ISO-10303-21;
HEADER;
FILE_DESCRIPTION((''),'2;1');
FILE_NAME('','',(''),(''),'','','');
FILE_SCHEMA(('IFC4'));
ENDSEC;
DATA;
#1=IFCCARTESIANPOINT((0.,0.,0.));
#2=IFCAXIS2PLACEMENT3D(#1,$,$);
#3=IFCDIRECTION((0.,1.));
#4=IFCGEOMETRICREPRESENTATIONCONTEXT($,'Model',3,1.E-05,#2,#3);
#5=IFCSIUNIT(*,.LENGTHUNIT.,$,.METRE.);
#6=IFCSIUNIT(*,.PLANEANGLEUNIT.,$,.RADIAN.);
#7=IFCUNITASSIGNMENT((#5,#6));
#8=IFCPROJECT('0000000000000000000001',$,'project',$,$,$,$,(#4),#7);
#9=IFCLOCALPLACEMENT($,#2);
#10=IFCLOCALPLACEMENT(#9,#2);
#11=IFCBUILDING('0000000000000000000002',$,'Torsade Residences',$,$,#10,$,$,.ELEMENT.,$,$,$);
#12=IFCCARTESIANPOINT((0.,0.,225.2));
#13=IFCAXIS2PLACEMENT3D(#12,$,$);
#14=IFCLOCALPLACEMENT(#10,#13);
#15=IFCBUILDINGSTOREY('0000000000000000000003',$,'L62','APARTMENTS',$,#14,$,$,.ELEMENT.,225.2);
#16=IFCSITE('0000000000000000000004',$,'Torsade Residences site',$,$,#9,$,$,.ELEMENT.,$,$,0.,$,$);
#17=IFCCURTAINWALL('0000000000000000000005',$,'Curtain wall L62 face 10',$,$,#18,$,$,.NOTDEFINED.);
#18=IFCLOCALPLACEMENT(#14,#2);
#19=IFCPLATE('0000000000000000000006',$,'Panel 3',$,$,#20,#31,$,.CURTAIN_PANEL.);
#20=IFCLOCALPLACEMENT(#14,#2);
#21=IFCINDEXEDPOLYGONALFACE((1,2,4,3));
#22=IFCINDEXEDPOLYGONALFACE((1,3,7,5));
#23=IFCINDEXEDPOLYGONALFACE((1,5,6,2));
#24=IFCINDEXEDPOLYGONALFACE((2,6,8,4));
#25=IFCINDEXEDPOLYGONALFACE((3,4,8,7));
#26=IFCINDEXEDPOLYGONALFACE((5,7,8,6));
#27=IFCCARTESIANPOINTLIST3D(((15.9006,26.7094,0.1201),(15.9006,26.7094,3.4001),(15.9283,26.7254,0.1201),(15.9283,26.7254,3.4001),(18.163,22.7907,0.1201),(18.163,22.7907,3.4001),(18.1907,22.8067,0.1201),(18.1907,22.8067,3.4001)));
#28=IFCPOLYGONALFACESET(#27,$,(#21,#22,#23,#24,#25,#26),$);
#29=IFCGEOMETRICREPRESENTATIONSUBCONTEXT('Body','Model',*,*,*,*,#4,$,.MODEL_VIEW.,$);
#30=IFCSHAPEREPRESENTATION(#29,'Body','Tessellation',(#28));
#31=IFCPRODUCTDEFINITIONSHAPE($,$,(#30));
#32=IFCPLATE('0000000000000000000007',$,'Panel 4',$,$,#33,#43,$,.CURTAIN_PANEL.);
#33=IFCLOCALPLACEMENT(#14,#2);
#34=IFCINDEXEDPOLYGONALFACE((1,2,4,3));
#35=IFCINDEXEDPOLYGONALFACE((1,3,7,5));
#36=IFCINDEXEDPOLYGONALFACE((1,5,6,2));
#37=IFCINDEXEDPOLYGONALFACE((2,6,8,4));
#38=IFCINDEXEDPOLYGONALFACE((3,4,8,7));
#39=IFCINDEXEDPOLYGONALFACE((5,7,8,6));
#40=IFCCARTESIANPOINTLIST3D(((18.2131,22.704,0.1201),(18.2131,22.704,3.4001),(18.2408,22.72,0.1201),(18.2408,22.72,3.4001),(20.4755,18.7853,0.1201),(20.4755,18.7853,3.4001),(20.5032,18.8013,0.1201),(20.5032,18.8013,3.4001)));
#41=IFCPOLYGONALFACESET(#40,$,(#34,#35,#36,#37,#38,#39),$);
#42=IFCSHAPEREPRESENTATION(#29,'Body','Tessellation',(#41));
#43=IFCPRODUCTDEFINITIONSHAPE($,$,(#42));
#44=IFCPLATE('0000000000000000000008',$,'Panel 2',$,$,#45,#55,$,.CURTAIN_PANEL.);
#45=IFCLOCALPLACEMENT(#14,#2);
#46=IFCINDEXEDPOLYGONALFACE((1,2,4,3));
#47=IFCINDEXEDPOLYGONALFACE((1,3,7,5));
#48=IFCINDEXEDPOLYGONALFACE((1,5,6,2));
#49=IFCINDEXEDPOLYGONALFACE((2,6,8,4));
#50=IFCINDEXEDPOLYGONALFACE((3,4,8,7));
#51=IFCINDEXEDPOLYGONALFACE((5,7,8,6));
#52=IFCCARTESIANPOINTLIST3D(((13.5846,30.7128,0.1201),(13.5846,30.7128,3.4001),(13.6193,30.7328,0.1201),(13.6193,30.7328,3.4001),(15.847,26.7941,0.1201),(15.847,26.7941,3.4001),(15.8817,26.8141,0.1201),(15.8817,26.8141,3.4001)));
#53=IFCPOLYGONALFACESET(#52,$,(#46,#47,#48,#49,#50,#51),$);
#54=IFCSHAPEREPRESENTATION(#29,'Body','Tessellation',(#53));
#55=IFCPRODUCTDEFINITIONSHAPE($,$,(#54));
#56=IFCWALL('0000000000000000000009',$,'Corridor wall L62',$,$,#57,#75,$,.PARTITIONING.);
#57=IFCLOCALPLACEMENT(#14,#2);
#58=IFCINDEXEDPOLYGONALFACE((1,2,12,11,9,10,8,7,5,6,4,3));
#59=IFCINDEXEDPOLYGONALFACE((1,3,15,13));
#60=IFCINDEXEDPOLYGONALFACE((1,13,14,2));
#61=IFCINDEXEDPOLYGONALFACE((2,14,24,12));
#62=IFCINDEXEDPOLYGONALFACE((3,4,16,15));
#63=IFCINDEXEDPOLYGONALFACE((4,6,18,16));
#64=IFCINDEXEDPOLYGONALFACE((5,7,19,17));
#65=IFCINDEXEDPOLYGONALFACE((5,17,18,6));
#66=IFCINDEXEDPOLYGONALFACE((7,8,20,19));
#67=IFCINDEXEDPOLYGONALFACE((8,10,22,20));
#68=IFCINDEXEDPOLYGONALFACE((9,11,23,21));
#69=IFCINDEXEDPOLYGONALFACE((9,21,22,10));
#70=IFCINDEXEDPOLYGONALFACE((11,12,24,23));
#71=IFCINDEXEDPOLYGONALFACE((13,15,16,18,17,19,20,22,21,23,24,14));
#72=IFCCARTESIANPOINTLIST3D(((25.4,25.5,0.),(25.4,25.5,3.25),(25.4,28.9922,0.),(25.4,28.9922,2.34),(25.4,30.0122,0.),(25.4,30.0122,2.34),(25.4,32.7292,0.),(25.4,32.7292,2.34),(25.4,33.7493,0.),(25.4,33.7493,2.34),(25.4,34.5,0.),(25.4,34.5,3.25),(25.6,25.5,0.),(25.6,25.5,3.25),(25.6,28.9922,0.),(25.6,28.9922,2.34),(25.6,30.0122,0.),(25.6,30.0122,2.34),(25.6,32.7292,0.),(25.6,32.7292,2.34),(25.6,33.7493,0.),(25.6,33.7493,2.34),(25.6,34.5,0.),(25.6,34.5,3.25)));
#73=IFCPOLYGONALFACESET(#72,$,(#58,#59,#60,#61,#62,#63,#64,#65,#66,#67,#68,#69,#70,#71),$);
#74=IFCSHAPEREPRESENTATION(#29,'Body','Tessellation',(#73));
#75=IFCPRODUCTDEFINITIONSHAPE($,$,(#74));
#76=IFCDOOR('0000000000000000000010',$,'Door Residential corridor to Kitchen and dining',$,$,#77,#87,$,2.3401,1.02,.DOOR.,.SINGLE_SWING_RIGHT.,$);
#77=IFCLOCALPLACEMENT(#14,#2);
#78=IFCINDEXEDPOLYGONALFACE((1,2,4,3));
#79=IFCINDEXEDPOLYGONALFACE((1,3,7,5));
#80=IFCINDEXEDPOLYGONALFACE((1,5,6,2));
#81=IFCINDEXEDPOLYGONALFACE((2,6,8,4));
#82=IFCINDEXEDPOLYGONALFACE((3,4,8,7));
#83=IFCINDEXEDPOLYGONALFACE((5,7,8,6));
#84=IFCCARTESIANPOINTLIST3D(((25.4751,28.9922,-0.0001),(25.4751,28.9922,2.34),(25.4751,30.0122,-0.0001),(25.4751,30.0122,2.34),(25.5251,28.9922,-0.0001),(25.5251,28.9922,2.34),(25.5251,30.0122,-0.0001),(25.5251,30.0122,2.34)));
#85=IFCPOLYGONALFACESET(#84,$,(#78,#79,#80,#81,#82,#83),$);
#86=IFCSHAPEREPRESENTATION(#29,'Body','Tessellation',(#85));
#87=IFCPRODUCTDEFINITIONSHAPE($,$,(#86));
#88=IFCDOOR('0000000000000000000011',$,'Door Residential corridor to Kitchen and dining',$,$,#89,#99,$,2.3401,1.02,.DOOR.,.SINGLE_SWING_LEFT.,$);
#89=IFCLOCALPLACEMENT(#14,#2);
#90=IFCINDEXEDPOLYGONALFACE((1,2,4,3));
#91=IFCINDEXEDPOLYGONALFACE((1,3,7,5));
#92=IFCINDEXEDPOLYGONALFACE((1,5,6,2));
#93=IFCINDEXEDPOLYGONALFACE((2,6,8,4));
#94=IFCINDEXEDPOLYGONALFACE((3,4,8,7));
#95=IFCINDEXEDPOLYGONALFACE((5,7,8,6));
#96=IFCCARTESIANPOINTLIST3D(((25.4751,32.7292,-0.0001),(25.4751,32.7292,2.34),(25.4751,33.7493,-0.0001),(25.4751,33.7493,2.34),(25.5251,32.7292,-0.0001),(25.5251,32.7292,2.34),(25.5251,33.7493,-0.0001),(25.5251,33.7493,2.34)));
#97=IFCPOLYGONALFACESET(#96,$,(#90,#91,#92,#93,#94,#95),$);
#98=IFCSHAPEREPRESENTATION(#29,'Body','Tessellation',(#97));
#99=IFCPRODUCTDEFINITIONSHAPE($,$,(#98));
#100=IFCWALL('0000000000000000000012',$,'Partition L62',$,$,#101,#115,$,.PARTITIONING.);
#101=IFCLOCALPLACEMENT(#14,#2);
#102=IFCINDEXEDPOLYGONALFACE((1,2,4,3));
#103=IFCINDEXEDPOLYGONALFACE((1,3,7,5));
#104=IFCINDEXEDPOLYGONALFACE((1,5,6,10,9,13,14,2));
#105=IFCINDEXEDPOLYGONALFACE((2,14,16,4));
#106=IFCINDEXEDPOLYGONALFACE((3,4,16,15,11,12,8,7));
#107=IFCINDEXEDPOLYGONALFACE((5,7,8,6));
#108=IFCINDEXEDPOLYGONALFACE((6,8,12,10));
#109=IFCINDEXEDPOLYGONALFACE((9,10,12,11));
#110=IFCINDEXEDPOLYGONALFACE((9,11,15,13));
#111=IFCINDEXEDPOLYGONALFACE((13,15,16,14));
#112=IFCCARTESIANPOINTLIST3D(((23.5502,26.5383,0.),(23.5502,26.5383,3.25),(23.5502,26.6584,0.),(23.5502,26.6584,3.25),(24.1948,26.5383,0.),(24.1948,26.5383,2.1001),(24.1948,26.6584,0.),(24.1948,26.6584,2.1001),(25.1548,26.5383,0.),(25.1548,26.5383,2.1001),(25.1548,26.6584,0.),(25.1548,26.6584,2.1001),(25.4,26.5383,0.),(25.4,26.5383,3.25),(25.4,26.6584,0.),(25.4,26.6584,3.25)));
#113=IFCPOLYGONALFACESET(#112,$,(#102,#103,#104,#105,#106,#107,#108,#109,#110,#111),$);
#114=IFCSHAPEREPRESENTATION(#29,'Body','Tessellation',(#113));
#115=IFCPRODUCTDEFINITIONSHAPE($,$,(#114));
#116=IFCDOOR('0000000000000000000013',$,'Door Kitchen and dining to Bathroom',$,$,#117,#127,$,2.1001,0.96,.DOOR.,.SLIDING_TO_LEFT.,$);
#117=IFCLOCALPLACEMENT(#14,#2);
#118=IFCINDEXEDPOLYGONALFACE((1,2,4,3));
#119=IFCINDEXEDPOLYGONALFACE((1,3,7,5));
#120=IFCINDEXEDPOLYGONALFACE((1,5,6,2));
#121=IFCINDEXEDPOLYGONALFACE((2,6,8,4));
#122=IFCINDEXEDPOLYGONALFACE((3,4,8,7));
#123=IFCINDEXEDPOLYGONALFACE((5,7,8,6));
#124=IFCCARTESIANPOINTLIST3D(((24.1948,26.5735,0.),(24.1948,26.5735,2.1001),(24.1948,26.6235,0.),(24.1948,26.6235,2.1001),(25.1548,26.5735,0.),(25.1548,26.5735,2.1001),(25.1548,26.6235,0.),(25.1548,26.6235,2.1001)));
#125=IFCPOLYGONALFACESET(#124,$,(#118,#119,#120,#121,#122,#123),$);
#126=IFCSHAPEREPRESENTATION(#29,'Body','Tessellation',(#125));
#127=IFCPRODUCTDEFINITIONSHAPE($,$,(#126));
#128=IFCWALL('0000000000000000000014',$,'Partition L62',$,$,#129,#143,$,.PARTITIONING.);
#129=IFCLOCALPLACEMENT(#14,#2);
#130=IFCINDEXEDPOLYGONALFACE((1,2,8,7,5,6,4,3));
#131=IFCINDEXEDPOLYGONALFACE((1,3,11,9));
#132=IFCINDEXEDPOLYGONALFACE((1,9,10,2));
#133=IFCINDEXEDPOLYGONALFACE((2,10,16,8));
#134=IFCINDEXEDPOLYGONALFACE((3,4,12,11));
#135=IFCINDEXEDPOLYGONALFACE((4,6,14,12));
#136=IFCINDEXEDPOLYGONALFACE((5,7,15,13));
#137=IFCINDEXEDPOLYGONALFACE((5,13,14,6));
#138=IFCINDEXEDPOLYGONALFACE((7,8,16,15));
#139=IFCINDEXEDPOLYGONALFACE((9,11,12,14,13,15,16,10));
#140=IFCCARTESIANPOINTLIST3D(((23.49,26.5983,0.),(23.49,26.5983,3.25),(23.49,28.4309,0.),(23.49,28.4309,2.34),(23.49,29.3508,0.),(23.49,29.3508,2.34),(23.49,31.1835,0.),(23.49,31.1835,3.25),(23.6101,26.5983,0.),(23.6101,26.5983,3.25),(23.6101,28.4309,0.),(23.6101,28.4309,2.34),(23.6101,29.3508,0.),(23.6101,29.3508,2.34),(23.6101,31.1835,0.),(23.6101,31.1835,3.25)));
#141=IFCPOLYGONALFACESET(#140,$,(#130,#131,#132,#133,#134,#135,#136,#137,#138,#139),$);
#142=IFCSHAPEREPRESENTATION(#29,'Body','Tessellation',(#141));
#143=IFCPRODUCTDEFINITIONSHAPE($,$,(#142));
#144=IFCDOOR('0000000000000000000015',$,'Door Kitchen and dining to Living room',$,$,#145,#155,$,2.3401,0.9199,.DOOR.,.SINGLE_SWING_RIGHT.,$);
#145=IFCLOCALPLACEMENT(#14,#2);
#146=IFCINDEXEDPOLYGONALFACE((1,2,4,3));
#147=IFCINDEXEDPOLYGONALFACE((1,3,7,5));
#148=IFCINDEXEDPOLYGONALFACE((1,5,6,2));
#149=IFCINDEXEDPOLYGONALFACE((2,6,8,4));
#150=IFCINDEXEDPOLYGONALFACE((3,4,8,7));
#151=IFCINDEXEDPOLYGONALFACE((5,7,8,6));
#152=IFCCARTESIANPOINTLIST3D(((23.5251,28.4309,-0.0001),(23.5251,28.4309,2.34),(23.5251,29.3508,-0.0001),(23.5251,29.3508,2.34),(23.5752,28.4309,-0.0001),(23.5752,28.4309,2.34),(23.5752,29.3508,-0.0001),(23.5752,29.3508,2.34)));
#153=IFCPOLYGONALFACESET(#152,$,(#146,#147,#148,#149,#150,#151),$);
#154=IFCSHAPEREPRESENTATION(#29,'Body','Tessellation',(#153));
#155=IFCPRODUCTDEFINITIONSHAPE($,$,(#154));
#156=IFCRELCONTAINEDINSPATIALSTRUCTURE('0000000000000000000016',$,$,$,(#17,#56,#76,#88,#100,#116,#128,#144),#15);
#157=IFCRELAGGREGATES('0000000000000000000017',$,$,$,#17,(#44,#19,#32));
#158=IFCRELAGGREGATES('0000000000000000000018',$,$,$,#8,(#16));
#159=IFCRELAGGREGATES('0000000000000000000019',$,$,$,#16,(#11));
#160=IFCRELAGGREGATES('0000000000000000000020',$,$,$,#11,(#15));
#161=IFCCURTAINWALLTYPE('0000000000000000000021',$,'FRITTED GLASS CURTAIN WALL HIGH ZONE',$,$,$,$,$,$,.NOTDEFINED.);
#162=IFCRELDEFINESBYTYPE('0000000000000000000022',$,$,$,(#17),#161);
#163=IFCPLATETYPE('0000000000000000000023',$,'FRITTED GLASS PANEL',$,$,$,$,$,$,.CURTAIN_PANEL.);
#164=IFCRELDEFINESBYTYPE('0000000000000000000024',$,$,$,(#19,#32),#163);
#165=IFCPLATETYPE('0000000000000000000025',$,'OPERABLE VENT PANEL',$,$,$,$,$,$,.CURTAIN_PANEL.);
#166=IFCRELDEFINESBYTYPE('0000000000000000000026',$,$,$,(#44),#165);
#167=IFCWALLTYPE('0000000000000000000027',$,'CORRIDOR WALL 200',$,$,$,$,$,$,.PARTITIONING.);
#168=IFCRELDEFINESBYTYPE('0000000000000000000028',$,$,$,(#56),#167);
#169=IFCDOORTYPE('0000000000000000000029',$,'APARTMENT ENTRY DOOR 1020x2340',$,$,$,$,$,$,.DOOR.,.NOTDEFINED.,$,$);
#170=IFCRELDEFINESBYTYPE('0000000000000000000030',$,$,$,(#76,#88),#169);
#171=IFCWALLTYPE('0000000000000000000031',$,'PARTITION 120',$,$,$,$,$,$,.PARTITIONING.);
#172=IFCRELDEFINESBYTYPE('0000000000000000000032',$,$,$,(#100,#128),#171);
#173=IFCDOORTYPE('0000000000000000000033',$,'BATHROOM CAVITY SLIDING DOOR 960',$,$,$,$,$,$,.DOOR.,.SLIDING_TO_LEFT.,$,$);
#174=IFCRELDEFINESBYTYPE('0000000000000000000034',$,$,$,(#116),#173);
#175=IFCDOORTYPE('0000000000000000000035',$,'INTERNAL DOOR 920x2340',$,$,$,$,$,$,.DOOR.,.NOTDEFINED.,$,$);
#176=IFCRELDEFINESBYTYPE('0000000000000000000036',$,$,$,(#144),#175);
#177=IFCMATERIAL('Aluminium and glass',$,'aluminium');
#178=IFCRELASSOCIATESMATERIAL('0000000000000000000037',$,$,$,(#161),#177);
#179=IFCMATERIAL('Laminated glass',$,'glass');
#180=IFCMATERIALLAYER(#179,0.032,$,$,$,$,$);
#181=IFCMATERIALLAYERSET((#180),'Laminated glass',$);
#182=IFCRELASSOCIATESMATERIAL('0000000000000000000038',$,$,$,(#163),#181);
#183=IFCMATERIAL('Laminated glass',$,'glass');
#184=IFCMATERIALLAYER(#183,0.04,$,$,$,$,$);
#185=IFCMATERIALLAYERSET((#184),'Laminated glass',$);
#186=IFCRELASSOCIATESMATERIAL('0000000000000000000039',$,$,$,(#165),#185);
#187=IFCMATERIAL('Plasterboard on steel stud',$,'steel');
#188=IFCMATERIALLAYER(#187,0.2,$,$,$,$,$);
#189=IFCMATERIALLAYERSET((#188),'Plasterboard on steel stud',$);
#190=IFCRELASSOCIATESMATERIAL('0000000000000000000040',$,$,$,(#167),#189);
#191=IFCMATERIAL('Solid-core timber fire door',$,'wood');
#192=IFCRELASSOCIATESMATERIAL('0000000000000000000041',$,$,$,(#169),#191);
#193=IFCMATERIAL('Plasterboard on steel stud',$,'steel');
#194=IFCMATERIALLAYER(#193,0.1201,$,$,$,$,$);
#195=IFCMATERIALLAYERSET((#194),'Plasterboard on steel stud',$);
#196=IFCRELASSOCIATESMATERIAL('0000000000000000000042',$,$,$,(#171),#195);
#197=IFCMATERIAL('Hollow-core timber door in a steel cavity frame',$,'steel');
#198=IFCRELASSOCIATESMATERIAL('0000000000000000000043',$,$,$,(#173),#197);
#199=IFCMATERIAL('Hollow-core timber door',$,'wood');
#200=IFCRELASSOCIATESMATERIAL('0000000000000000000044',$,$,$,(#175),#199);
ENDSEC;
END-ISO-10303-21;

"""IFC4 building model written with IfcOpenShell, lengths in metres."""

from ifc_helpers import new_model, si_unit, direction, frame, frame_2d, origin, origin_2d, place, context, subcontext, project, spatial, rectangle, extrude, material, layer, layer_set, type_object, element, fill, aggregate, save


model = new_model("IFC4")

# Units and contexts
model_context = context("Model", 3, precision=1e-05, world=origin(), true_north=direction((0.0, 1.0)))
body_context = subcontext(model_context, "Body", "Model", "MODEL_VIEW")
ifc_project = project(units=[si_unit("LENGTHUNIT", "METRE"), si_unit("PLANEANGLEUNIT", "RADIAN")], contexts=[model_context])

# Site, building, storey
site_placement = place(None, origin())
site = spatial("IfcSite", under=ifc_project, at=site_placement, Name="Torsade Residences site", CompositionType="ELEMENT", RefElevation=0.0)
building_placement = place(site_placement, origin())
building = spatial("IfcBuilding", under=site, at=building_placement, Name="Torsade Residences", CompositionType="ELEMENT")
storey_placement = place(building_placement, frame((0.0, 0.0, 225.2)))
storey = spatial("IfcBuildingStorey", under=building, at=storey_placement, Name="L62", Description="APARTMENTS", CompositionType="ELEMENT", Elevation=225.2)

# Curtain wall
ifc_material_1 = material(Name="Aluminium and glass", Category="aluminium")
curtain_wall_type = type_object("IfcCurtainWallType", Name="FRITTED GLASS CURTAIN WALL HIGH ZONE", PredefinedType="NOTDEFINED", material=ifc_material_1)
curtain_wall_placement = place(storey_placement, origin())
curtain_wall = element("IfcCurtainWall", 1, at=curtain_wall_placement, inside=storey, type_object=curtain_wall_type, Name="Curtain wall L62 face 10", PredefinedType="NOTDEFINED")

# Plates
ifc_material_2 = material(Name="Laminated glass", Category="glass")
ifc_layer_1 = layer(ifc_material_2, 0.032)
ifc_layer_set_1 = layer_set([ifc_layer_1], Name="Laminated glass")
plate_type_1 = type_object("IfcPlateType", Name="FRITTED GLASS PANEL", PredefinedType="CURTAIN_PANEL", material=ifc_layer_set_1)
plate_1_placement = place(storey_placement, frame((17.0457, 24.7581, 0.1201), z_axis=(0.0, 0.0, 1.0), x_axis=(0.5, -0.866025, 0.0)))
plate_1 = element("IfcPlate", 2, at=plate_1_placement, type_object=plate_type_1, Name="Panel 3", PredefinedType="CURTAIN_PANEL", context=body_context, shape_type="SweptSolid", body=[
    extrude(rectangle(XDim=4.5249, YDim=0.032, at=origin_2d()), origin(), (0.0, 0.0, 1.0), 3.28),
])
plate_2_placement = place(storey_placement, frame((19.3582, 20.7527, 0.1201), z_axis=(0.0, 0.0, 1.0), x_axis=(0.5, -0.866025, 0.0)))
plate_2 = element("IfcPlate", 3, at=plate_2_placement, type_object=plate_type_1, Name="Panel 4", PredefinedType="CURTAIN_PANEL", context=body_context, shape_type="SweptSolid", body=[
    extrude(rectangle(XDim=4.5249, YDim=0.032, at=origin_2d()), origin(), (0.0, 0.0, 1.0), 3.28),
])
ifc_material_3 = material(Name="Laminated glass", Category="glass")
ifc_layer_2 = layer(ifc_material_3, 0.04)
ifc_layer_set_2 = layer_set([ifc_layer_2], Name="Laminated glass")
plate_type_2 = type_object("IfcPlateType", Name="OPERABLE VENT PANEL", PredefinedType="CURTAIN_PANEL", material=ifc_layer_set_2)
plate_3_placement = place(storey_placement, frame((14.7332, 28.7634, 0.1201), z_axis=(0.0, 0.0, 1.0), x_axis=(0.5, -0.866025, 0.0)))
plate_3 = element("IfcPlate", 4, at=plate_3_placement, type_object=plate_type_2, Name="Panel 2", PredefinedType="CURTAIN_PANEL", context=body_context, shape_type="SweptSolid", body=[
    extrude(rectangle(XDim=4.5249, YDim=0.04, at=origin_2d()), origin(), (0.0, 0.0, 1.0), 3.28),
])
aggregate(curtain_wall, [plate_3, plate_1, plate_2])

# Wall, openings, doors
ifc_material_4 = material(Name="Plasterboard on steel stud", Category="steel")
ifc_layer_3 = layer(ifc_material_4, 0.2)
ifc_layer_set_3 = layer_set([ifc_layer_3], Name="Plasterboard on steel stud")
wall_type_1 = type_object("IfcWallType", Name="CORRIDOR WALL 200", PredefinedType="PARTITIONING", material=ifc_layer_set_3)
wall_1_placement = place(storey_placement, frame((25.5, 25.5, 0.0), z_axis=(0.0, 0.0, 1.0), x_axis=(0.0, 1.0, 0.0)))
wall_1 = element("IfcWall", 5, at=wall_1_placement, inside=storey, type_object=wall_type_1, Name="Corridor wall L62", PredefinedType="PARTITIONING", context=body_context, shape_type="SweptSolid", body=[
    extrude(rectangle(XDim=9.0, YDim=0.2, at=frame_2d((4.5, 0.0))), origin(), (0.0, 0.0, 1.0), 3.25),
])
opening_1_placement = place(wall_1_placement, frame((3.4922, 0.0, 0.0)))
opening_1 = element("IfcOpeningElement", 6, at=opening_1_placement, cuts=wall_1, PredefinedType="OPENING", context=body_context, shape_type="SweptSolid", body=[
    extrude(rectangle(XDim=1.02, YDim=2.3401, at=frame_2d((0.51, 1.1699))), frame((0.0, 0.1099, 0.0), z_axis=(0.0, -1.0, 0.0), x_axis=(1.0, 0.0, 0.0)), (0.0, 0.0, 1.0), 0.22),
])
opening_2_placement = place(wall_1_placement, frame((7.2292, 0.0, 0.0)))
opening_2 = element("IfcOpeningElement", 7, at=opening_2_placement, cuts=wall_1, PredefinedType="OPENING", context=body_context, shape_type="SweptSolid", body=[
    extrude(rectangle(XDim=1.02, YDim=2.3401, at=frame_2d((0.51, 1.1699))), frame((0.0, 0.1099, 0.0), z_axis=(0.0, -1.0, 0.0), x_axis=(1.0, 0.0, 0.0)), (0.0, 0.0, 1.0), 0.22),
])
ifc_material_5 = material(Name="Solid-core timber fire door", Category="wood")
door_type_1 = type_object("IfcDoorType", Name="APARTMENT ENTRY DOOR 1020x2340", OperationType="NOTDEFINED", PredefinedType="DOOR", material=ifc_material_5)
door_1_placement = place(opening_1_placement, origin())
door_1 = element("IfcDoor", 8, at=door_1_placement, inside=storey, type_object=door_type_1, Name="Door Residential corridor to Kitchen and dining", OperationType="SINGLE_SWING_RIGHT", OverallHeight=2.3401, OverallWidth=1.02, PredefinedType="DOOR", context=body_context, shape_type="SweptSolid", body=[
    extrude(rectangle(XDim=1.02, YDim=2.3401, at=frame_2d((0.51, 1.1699))), frame((0.0, 0.0249, 0.0), z_axis=(0.0, -1.0, 0.0), x_axis=(1.0, 0.0, 0.0)), (0.0, 0.0, 1.0), 0.05),
])
fill(opening_1, door_1)
door_2_placement = place(opening_2_placement, origin())
door_2 = element("IfcDoor", 9, at=door_2_placement, inside=storey, type_object=door_type_1, Name="Door Residential corridor to Kitchen and dining", OperationType="SINGLE_SWING_LEFT", OverallHeight=2.3401, OverallWidth=1.02, PredefinedType="DOOR", context=body_context, shape_type="SweptSolid", body=[
    extrude(rectangle(XDim=1.02, YDim=2.3401, at=frame_2d((0.51, 1.1699))), frame((0.0, 0.0249, 0.0), z_axis=(0.0, -1.0, 0.0), x_axis=(1.0, 0.0, 0.0)), (0.0, 0.0, 1.0), 0.05),
])
fill(opening_2, door_2)

# Walls, openings, doors
ifc_material_6 = material(Name="Plasterboard on steel stud", Category="steel")
ifc_layer_4 = layer(ifc_material_6, 0.1201)
ifc_layer_set_4 = layer_set([ifc_layer_4], Name="Plasterboard on steel stud")
wall_type_2 = type_object("IfcWallType", Name="PARTITION 120", PredefinedType="PARTITIONING", material=ifc_layer_set_4)
wall_2_placement = place(storey_placement, frame((25.3999, 26.5984, 0.0), z_axis=(0.0, 0.0, 1.0), x_axis=(-1.0, 0.0, 0.0)))
wall_2 = element("IfcWall", 10, at=wall_2_placement, inside=storey, type_object=wall_type_2, Name="Partition L62", PredefinedType="PARTITIONING", context=body_context, shape_type="SweptSolid", body=[
    extrude(rectangle(XDim=1.8499, YDim=0.1201, at=frame_2d((0.9248, 0.0))), origin(), (0.0, 0.0, 1.0), 3.25),
])
opening_3_placement = place(wall_2_placement, frame((0.2451, 0.0, 0.0)))
opening_3 = element("IfcOpeningElement", 11, at=opening_3_placement, cuts=wall_2, PredefinedType="OPENING", context=body_context, shape_type="SweptSolid", body=[
    extrude(rectangle(XDim=0.96, YDim=2.1001, at=frame_2d((0.48, 1.05))), frame((0.0, 0.0701, 0.0), z_axis=(0.0, -1.0, 0.0), x_axis=(1.0, 0.0, 0.0)), (0.0, 0.0, 1.0), 0.1401),
])
ifc_material_7 = material(Name="Hollow-core timber door in a steel cavity frame", Category="steel")
door_type_2 = type_object("IfcDoorType", Name="BATHROOM CAVITY SLIDING DOOR 960", OperationType="SLIDING_TO_LEFT", PredefinedType="DOOR", material=ifc_material_7)
door_3_placement = place(opening_3_placement, origin())
door_3 = element("IfcDoor", 12, at=door_3_placement, inside=storey, type_object=door_type_2, Name="Door Kitchen and dining to Bathroom", OperationType="SLIDING_TO_LEFT", OverallHeight=2.1001, OverallWidth=0.96, PredefinedType="DOOR", context=body_context, shape_type="SweptSolid", body=[
    extrude(rectangle(XDim=0.96, YDim=2.1001, at=frame_2d((0.48, 1.05))), frame((0.0, 0.0249, 0.0), z_axis=(0.0, -1.0, 0.0), x_axis=(1.0, 0.0, 0.0)), (0.0, 0.0, 1.0), 0.05),
])
fill(opening_3, door_3)
wall_3_placement = place(storey_placement, frame((23.55, 26.5984, 0.0), z_axis=(0.0, 0.0, 1.0), x_axis=(0.0, 1.0, 0.0)))
wall_3 = element("IfcWall", 13, at=wall_3_placement, inside=storey, type_object=wall_type_2, Name="Partition L62", PredefinedType="PARTITIONING", context=body_context, shape_type="SweptSolid", body=[
    extrude(rectangle(XDim=4.5852, YDim=0.1201, at=frame_2d((2.2925, 0.0))), origin(), (0.0, 0.0, 1.0), 3.25),
])
opening_4_placement = place(wall_3_placement, frame((1.8325, 0.0, 0.0)))
opening_4 = element("IfcOpeningElement", 14, at=opening_4_placement, cuts=wall_3, PredefinedType="OPENING", context=body_context, shape_type="SweptSolid", body=[
    extrude(rectangle(XDim=0.9199, YDim=2.3401, at=frame_2d((0.46, 1.1699))), frame((0.0, 0.0701, 0.0), z_axis=(0.0, -1.0, 0.0), x_axis=(1.0, 0.0, 0.0)), (0.0, 0.0, 1.0), 0.1401),
])
ifc_material_8 = material(Name="Hollow-core timber door", Category="wood")
door_type_3 = type_object("IfcDoorType", Name="INTERNAL DOOR 920x2340", OperationType="NOTDEFINED", PredefinedType="DOOR", material=ifc_material_8)
door_4_placement = place(opening_4_placement, origin())
door_4 = element("IfcDoor", 15, at=door_4_placement, inside=storey, type_object=door_type_3, Name="Door Kitchen and dining to Living room", OperationType="SINGLE_SWING_RIGHT", OverallHeight=2.3401, OverallWidth=0.9199, PredefinedType="DOOR", context=body_context, shape_type="SweptSolid", body=[
    extrude(rectangle(XDim=0.9199, YDim=2.3401, at=frame_2d((0.46, 1.1699))), frame((0.0, 0.0249, 0.0), z_axis=(0.0, -1.0, 0.0), x_axis=(1.0, 0.0, 0.0)), (0.0, 0.0, 1.0), 0.05),
])
fill(opening_4, door_4)

save(model, "model.ifc")
